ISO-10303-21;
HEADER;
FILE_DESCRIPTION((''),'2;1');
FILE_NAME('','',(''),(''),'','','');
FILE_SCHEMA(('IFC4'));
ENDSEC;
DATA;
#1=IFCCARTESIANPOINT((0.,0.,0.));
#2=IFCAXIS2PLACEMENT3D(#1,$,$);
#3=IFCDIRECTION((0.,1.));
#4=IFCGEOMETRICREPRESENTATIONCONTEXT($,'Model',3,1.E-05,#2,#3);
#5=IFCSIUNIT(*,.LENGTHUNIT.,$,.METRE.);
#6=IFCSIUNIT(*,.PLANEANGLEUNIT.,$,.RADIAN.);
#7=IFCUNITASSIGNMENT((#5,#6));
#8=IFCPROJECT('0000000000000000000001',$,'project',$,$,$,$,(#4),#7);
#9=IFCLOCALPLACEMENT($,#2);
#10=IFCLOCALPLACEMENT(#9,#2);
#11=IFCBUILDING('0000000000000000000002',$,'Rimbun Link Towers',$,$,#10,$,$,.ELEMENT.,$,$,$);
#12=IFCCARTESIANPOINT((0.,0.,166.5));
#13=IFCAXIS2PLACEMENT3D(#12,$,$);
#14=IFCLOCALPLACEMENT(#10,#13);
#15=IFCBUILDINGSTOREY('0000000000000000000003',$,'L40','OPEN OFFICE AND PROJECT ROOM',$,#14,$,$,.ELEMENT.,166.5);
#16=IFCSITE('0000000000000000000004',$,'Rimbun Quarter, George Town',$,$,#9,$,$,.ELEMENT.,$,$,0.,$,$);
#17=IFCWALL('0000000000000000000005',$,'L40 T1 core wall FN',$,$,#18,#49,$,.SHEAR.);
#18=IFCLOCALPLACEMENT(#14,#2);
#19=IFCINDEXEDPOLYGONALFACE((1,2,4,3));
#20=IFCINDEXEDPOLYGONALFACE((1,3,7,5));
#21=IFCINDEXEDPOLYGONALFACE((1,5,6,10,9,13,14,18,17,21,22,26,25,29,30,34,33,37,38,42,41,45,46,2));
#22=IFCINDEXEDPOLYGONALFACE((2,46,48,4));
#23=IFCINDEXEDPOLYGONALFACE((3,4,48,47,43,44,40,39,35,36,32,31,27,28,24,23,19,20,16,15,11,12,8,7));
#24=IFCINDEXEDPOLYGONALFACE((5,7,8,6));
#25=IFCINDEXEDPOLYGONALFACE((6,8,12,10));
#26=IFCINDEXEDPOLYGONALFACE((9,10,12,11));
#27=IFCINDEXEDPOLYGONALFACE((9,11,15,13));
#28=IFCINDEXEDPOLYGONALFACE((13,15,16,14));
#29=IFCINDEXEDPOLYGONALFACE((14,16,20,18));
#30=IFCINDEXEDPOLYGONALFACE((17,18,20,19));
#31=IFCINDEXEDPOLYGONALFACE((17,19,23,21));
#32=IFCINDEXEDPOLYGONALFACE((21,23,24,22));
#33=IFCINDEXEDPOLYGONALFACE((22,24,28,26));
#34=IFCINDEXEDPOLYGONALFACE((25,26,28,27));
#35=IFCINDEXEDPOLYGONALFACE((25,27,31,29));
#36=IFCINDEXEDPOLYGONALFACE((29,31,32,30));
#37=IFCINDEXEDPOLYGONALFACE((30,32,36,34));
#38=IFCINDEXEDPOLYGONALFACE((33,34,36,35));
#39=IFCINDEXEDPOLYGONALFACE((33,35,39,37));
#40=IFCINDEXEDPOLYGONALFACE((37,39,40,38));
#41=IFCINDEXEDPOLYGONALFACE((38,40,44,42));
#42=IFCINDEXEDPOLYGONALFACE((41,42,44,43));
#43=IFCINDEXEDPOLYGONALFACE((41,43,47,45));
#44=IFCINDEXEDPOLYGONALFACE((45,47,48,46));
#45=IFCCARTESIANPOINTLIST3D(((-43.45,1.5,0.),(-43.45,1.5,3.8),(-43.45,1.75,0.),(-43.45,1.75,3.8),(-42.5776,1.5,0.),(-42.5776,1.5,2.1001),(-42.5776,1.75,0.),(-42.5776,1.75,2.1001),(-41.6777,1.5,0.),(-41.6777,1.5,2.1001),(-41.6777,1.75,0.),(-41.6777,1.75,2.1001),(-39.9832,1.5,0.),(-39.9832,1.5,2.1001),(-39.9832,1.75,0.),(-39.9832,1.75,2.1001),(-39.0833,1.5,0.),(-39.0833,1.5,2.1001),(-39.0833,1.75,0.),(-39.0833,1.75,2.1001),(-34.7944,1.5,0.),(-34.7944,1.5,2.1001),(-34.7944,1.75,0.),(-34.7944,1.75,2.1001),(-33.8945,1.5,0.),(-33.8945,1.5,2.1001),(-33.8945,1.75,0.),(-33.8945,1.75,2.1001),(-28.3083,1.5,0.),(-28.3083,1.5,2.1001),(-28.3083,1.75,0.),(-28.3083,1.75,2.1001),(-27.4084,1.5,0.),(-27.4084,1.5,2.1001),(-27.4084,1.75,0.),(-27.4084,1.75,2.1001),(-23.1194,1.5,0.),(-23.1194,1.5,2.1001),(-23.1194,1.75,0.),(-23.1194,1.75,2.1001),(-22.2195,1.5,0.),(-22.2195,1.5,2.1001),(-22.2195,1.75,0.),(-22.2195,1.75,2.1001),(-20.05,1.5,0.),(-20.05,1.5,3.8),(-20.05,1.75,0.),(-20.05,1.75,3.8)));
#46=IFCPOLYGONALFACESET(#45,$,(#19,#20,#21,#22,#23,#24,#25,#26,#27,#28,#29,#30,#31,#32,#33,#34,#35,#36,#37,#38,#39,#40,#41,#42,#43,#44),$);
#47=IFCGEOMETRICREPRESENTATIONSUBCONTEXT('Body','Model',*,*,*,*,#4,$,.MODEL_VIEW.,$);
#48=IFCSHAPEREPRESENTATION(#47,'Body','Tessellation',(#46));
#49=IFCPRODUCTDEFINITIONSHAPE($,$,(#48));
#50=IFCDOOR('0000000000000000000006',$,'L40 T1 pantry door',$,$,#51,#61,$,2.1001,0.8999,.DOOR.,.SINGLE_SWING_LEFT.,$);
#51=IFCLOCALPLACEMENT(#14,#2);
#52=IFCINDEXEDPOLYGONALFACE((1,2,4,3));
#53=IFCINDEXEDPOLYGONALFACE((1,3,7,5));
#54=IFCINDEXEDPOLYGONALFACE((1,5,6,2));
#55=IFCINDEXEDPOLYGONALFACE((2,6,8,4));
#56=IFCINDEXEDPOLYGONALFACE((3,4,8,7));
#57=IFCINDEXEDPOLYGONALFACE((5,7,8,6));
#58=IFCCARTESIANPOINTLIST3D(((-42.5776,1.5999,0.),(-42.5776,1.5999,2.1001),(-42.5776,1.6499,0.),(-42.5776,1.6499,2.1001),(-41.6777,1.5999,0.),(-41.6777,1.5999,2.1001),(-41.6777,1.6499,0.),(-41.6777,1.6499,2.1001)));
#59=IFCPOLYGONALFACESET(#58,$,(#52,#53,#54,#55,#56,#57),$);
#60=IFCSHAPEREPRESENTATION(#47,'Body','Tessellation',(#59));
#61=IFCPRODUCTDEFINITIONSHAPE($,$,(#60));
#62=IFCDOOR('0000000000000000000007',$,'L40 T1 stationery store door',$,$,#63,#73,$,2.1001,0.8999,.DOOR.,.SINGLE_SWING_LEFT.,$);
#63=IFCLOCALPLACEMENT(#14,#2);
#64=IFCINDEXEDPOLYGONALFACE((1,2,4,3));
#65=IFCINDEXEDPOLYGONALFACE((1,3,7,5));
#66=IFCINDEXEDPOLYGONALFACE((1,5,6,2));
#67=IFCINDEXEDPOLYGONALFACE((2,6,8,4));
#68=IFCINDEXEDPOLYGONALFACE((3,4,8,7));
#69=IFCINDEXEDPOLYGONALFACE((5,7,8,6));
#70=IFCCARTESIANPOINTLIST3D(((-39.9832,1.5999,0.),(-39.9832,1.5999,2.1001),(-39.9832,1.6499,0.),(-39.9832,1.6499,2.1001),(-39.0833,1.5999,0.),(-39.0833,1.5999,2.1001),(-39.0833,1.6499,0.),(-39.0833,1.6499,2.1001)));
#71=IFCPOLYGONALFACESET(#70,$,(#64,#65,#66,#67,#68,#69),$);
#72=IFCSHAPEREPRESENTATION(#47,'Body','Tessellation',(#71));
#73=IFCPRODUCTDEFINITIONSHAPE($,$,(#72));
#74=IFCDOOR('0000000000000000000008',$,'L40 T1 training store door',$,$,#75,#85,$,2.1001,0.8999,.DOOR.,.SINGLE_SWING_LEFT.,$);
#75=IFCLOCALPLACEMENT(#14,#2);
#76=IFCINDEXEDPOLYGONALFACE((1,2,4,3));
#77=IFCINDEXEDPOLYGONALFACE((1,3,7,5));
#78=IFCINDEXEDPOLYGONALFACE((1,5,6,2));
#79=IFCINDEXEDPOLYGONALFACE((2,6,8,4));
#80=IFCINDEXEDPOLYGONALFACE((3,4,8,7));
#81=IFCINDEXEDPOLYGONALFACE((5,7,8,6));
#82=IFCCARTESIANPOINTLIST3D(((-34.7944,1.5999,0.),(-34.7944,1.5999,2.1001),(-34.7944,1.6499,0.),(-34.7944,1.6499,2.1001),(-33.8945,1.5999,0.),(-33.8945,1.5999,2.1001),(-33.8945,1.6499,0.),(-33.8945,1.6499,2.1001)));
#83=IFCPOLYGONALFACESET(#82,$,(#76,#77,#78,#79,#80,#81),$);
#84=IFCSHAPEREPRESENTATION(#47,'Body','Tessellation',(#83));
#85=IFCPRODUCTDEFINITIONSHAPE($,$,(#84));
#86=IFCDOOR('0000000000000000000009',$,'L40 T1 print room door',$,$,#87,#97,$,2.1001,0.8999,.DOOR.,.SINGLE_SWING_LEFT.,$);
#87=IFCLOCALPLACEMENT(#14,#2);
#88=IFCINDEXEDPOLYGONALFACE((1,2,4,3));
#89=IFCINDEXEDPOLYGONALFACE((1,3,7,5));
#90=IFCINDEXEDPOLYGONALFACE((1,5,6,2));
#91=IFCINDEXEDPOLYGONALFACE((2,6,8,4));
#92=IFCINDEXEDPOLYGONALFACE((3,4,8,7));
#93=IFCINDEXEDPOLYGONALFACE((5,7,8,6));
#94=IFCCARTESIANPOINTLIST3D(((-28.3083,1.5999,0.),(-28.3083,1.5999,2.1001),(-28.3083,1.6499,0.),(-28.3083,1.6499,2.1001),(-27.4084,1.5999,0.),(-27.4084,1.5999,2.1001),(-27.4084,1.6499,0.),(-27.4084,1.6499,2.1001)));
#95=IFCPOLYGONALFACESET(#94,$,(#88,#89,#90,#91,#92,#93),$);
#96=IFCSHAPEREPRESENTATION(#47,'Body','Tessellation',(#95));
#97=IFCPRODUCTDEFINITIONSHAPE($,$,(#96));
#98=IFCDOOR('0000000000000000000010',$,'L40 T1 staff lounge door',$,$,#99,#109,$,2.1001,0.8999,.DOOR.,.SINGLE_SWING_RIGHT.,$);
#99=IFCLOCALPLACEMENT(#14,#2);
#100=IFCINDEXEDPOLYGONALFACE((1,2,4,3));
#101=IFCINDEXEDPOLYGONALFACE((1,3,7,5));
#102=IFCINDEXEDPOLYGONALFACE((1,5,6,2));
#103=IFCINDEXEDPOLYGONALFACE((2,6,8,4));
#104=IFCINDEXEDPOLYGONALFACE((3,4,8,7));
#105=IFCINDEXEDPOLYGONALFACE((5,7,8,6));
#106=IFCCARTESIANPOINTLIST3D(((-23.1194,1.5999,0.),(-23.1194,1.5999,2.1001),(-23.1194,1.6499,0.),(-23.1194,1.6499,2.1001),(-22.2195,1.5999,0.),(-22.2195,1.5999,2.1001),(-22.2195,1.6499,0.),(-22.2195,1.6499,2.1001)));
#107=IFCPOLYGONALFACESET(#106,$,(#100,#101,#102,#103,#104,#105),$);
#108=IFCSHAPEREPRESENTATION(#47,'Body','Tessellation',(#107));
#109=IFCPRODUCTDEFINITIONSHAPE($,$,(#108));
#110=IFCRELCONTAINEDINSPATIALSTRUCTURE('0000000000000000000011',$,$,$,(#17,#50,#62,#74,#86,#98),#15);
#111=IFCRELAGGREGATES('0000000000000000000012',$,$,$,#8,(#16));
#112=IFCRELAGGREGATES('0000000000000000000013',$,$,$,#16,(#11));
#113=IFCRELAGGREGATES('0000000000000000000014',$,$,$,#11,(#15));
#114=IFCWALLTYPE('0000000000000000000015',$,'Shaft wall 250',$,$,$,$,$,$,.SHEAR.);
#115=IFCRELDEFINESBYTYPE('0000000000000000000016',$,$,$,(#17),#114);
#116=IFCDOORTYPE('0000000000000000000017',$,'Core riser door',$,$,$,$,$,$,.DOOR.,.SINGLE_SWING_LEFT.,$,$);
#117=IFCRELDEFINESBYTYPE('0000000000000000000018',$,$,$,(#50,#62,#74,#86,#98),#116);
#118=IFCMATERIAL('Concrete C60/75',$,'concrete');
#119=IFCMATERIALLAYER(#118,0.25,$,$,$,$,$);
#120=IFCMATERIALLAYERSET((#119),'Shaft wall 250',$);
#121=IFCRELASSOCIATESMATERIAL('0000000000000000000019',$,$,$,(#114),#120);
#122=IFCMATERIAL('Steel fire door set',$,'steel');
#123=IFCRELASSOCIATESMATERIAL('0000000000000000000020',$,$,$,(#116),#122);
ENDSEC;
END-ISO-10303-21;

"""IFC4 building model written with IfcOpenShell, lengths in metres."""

from ifc_helpers import new_model, si_unit, direction, frame, frame_2d, origin, place, context, subcontext, project, spatial, rectangle, extrude, material, layer, layer_set, type_object, element, fill, save


model = new_model("IFC4")

# Units and contexts
model_context = context("Model", 3, precision=1e-05, world=origin(), true_north=direction((0.0, 1.0)))
body_context = subcontext(model_context, "Body", "Model", "MODEL_VIEW")
ifc_project = project(units=[si_unit("LENGTHUNIT", "METRE"), si_unit("PLANEANGLEUNIT", "RADIAN")], contexts=[model_context])

# Site, building, storey
site_placement = place(None, origin())
site = spatial("IfcSite", under=ifc_project, at=site_placement, Name="Rimbun Quarter, George Town", CompositionType="ELEMENT", RefElevation=0.0)
building_placement = place(site_placement, origin())
building = spatial("IfcBuilding", under=site, at=building_placement, Name="Rimbun Link Towers", CompositionType="ELEMENT")
storey_placement = place(building_placement, frame((0.0, 0.0, 166.5)))
storey = spatial("IfcBuildingStorey", under=building, at=storey_placement, Name="L40", Description="OPEN OFFICE AND PROJECT ROOM", CompositionType="ELEMENT", Elevation=166.5)

# Wall, openings, doors
ifc_material_1 = material(Name="Concrete C60/75", Category="concrete")
ifc_layer_1 = layer(ifc_material_1, 0.25)
ifc_layer_set_1 = layer_set([ifc_layer_1], Name="Shaft wall 250")
wall_type_1 = type_object("IfcWallType", Name="Shaft wall 250", PredefinedType="SHEAR", material=ifc_layer_set_1)
wall_1_placement = place(storey_placement, frame((-43.45, 1.625, 0.0), z_axis=(0.0, 0.0, 1.0), x_axis=(1.0, 0.0, 0.0)))
wall_1 = element("IfcWall", 1, at=wall_1_placement, inside=storey, type_object=wall_type_1, Name="L40 T1 core wall FN", PredefinedType="SHEAR", context=body_context, shape_type="SweptSolid", body=[
    extrude(rectangle(XDim=23.3999, YDim=0.25, at=frame_2d((11.7, 0.0))), origin(), (0.0, 0.0, 1.0), 3.8),
])
opening_1_placement = place(wall_1_placement, frame((0.8723, 0.0, 0.0)))
opening_1 = element("IfcOpeningElement", 2, at=opening_1_placement, cuts=wall_1, PredefinedType="OPENING", context=body_context, shape_type="SweptSolid", body=[
    extrude(rectangle(XDim=0.8999, YDim=2.1001, at=frame_2d((0.45, 1.05))), frame((0.0, 0.135, 0.0), z_axis=(0.0, -1.0, 0.0), x_axis=(1.0, 0.0, 0.0)), (0.0, 0.0, 1.0), 0.27),
])
opening_2_placement = place(wall_1_placement, frame((3.4668, 0.0, 0.0)))
opening_2 = element("IfcOpeningElement", 3, at=opening_2_placement, cuts=wall_1, PredefinedType="OPENING", context=body_context, shape_type="SweptSolid", body=[
    extrude(rectangle(XDim=0.8999, YDim=2.1001, at=frame_2d((0.45, 1.05))), frame((0.0, 0.135, 0.0), z_axis=(0.0, -1.0, 0.0), x_axis=(1.0, 0.0, 0.0)), (0.0, 0.0, 1.0), 0.27),
])
opening_3_placement = place(wall_1_placement, frame((8.6555, 0.0, 0.0)))
opening_3 = element("IfcOpeningElement", 4, at=opening_3_placement, cuts=wall_1, PredefinedType="OPENING", context=body_context, shape_type="SweptSolid", body=[
    extrude(rectangle(XDim=0.8999, YDim=2.1001, at=frame_2d((0.45, 1.05))), frame((0.0, 0.135, 0.0), z_axis=(0.0, -1.0, 0.0), x_axis=(1.0, 0.0, 0.0)), (0.0, 0.0, 1.0), 0.27),
])
opening_4_placement = place(wall_1_placement, frame((15.1416, 0.0, 0.0)))
opening_4 = element("IfcOpeningElement", 5, at=opening_4_placement, cuts=wall_1, PredefinedType="OPENING", context=body_context, shape_type="SweptSolid", body=[
    extrude(rectangle(XDim=0.8999, YDim=2.1001, at=frame_2d((0.45, 1.05))), frame((0.0, 0.135, 0.0), z_axis=(0.0, -1.0, 0.0), x_axis=(1.0, 0.0, 0.0)), (0.0, 0.0, 1.0), 0.27),
])
opening_5_placement = place(wall_1_placement, frame((20.3306, 0.0, 0.0)))
opening_5 = element("IfcOpeningElement", 6, at=opening_5_placement, cuts=wall_1, PredefinedType="OPENING", context=body_context, shape_type="SweptSolid", body=[
    extrude(rectangle(XDim=0.8999, YDim=2.1001, at=frame_2d((0.45, 1.05))), frame((0.0, 0.135, 0.0), z_axis=(0.0, -1.0, 0.0), x_axis=(1.0, 0.0, 0.0)), (0.0, 0.0, 1.0), 0.27),
])
ifc_material_2 = material(Name="Steel fire door set", Category="steel")
door_type_1 = type_object("IfcDoorType", Name="Core riser door", OperationType="SINGLE_SWING_LEFT", PredefinedType="DOOR", material=ifc_material_2)
door_1_placement = place(opening_1_placement, origin())
door_1 = element("IfcDoor", 7, at=door_1_placement, inside=storey, type_object=door_type_1, Name="L40 T1 pantry door", OperationType="SINGLE_SWING_LEFT", OverallHeight=2.1001, OverallWidth=0.8999, PredefinedType="DOOR", context=body_context, shape_type="SweptSolid", body=[
    extrude(rectangle(XDim=0.8999, YDim=2.1001, at=frame_2d((0.45, 1.05))), frame((0.0, 0.0249, 0.0), z_axis=(0.0, -1.0, 0.0), x_axis=(1.0, 0.0, 0.0)), (0.0, 0.0, 1.0), 0.05),
])
fill(opening_1, door_1)
door_2_placement = place(opening_2_placement, origin())
door_2 = element("IfcDoor", 8, at=door_2_placement, inside=storey, type_object=door_type_1, Name="L40 T1 stationery store door", OperationType="SINGLE_SWING_LEFT", OverallHeight=2.1001, OverallWidth=0.8999, PredefinedType="DOOR", context=body_context, shape_type="SweptSolid", body=[
    extrude(rectangle(XDim=0.8999, YDim=2.1001, at=frame_2d((0.45, 1.05))), frame((0.0, 0.0249, 0.0), z_axis=(0.0, -1.0, 0.0), x_axis=(1.0, 0.0, 0.0)), (0.0, 0.0, 1.0), 0.05),
])
fill(opening_2, door_2)
door_3_placement = place(opening_3_placement, origin())
door_3 = element("IfcDoor", 9, at=door_3_placement, inside=storey, type_object=door_type_1, Name="L40 T1 training store door", OperationType="SINGLE_SWING_LEFT", OverallHeight=2.1001, OverallWidth=0.8999, PredefinedType="DOOR", context=body_context, shape_type="SweptSolid", body=[
    extrude(rectangle(XDim=0.8999, YDim=2.1001, at=frame_2d((0.45, 1.05))), frame((0.0, 0.0249, 0.0), z_axis=(0.0, -1.0, 0.0), x_axis=(1.0, 0.0, 0.0)), (0.0, 0.0, 1.0), 0.05),
])
fill(opening_3, door_3)
door_4_placement = place(opening_4_placement, origin())
door_4 = element("IfcDoor", 10, at=door_4_placement, inside=storey, type_object=door_type_1, Name="L40 T1 print room door", OperationType="SINGLE_SWING_LEFT", OverallHeight=2.1001, OverallWidth=0.8999, PredefinedType="DOOR", context=body_context, shape_type="SweptSolid", body=[
    extrude(rectangle(XDim=0.8999, YDim=2.1001, at=frame_2d((0.45, 1.05))), frame((0.0, 0.0249, 0.0), z_axis=(0.0, -1.0, 0.0), x_axis=(1.0, 0.0, 0.0)), (0.0, 0.0, 1.0), 0.05),
])
fill(opening_4, door_4)
door_5_placement = place(opening_5_placement, origin())
door_5 = element("IfcDoor", 11, at=door_5_placement, inside=storey, type_object=door_type_1, Name="L40 T1 staff lounge door", OperationType="SINGLE_SWING_RIGHT", OverallHeight=2.1001, OverallWidth=0.8999, PredefinedType="DOOR", context=body_context, shape_type="SweptSolid", body=[
    extrude(rectangle(XDim=0.8999, YDim=2.1001, at=frame_2d((0.45, 1.05))), frame((0.0, 0.0249, 0.0), z_axis=(0.0, -1.0, 0.0), x_axis=(1.0, 0.0, 0.0)), (0.0, 0.0, 1.0), 0.05),
])
fill(opening_5, door_5)

save(model, "model.ifc")
